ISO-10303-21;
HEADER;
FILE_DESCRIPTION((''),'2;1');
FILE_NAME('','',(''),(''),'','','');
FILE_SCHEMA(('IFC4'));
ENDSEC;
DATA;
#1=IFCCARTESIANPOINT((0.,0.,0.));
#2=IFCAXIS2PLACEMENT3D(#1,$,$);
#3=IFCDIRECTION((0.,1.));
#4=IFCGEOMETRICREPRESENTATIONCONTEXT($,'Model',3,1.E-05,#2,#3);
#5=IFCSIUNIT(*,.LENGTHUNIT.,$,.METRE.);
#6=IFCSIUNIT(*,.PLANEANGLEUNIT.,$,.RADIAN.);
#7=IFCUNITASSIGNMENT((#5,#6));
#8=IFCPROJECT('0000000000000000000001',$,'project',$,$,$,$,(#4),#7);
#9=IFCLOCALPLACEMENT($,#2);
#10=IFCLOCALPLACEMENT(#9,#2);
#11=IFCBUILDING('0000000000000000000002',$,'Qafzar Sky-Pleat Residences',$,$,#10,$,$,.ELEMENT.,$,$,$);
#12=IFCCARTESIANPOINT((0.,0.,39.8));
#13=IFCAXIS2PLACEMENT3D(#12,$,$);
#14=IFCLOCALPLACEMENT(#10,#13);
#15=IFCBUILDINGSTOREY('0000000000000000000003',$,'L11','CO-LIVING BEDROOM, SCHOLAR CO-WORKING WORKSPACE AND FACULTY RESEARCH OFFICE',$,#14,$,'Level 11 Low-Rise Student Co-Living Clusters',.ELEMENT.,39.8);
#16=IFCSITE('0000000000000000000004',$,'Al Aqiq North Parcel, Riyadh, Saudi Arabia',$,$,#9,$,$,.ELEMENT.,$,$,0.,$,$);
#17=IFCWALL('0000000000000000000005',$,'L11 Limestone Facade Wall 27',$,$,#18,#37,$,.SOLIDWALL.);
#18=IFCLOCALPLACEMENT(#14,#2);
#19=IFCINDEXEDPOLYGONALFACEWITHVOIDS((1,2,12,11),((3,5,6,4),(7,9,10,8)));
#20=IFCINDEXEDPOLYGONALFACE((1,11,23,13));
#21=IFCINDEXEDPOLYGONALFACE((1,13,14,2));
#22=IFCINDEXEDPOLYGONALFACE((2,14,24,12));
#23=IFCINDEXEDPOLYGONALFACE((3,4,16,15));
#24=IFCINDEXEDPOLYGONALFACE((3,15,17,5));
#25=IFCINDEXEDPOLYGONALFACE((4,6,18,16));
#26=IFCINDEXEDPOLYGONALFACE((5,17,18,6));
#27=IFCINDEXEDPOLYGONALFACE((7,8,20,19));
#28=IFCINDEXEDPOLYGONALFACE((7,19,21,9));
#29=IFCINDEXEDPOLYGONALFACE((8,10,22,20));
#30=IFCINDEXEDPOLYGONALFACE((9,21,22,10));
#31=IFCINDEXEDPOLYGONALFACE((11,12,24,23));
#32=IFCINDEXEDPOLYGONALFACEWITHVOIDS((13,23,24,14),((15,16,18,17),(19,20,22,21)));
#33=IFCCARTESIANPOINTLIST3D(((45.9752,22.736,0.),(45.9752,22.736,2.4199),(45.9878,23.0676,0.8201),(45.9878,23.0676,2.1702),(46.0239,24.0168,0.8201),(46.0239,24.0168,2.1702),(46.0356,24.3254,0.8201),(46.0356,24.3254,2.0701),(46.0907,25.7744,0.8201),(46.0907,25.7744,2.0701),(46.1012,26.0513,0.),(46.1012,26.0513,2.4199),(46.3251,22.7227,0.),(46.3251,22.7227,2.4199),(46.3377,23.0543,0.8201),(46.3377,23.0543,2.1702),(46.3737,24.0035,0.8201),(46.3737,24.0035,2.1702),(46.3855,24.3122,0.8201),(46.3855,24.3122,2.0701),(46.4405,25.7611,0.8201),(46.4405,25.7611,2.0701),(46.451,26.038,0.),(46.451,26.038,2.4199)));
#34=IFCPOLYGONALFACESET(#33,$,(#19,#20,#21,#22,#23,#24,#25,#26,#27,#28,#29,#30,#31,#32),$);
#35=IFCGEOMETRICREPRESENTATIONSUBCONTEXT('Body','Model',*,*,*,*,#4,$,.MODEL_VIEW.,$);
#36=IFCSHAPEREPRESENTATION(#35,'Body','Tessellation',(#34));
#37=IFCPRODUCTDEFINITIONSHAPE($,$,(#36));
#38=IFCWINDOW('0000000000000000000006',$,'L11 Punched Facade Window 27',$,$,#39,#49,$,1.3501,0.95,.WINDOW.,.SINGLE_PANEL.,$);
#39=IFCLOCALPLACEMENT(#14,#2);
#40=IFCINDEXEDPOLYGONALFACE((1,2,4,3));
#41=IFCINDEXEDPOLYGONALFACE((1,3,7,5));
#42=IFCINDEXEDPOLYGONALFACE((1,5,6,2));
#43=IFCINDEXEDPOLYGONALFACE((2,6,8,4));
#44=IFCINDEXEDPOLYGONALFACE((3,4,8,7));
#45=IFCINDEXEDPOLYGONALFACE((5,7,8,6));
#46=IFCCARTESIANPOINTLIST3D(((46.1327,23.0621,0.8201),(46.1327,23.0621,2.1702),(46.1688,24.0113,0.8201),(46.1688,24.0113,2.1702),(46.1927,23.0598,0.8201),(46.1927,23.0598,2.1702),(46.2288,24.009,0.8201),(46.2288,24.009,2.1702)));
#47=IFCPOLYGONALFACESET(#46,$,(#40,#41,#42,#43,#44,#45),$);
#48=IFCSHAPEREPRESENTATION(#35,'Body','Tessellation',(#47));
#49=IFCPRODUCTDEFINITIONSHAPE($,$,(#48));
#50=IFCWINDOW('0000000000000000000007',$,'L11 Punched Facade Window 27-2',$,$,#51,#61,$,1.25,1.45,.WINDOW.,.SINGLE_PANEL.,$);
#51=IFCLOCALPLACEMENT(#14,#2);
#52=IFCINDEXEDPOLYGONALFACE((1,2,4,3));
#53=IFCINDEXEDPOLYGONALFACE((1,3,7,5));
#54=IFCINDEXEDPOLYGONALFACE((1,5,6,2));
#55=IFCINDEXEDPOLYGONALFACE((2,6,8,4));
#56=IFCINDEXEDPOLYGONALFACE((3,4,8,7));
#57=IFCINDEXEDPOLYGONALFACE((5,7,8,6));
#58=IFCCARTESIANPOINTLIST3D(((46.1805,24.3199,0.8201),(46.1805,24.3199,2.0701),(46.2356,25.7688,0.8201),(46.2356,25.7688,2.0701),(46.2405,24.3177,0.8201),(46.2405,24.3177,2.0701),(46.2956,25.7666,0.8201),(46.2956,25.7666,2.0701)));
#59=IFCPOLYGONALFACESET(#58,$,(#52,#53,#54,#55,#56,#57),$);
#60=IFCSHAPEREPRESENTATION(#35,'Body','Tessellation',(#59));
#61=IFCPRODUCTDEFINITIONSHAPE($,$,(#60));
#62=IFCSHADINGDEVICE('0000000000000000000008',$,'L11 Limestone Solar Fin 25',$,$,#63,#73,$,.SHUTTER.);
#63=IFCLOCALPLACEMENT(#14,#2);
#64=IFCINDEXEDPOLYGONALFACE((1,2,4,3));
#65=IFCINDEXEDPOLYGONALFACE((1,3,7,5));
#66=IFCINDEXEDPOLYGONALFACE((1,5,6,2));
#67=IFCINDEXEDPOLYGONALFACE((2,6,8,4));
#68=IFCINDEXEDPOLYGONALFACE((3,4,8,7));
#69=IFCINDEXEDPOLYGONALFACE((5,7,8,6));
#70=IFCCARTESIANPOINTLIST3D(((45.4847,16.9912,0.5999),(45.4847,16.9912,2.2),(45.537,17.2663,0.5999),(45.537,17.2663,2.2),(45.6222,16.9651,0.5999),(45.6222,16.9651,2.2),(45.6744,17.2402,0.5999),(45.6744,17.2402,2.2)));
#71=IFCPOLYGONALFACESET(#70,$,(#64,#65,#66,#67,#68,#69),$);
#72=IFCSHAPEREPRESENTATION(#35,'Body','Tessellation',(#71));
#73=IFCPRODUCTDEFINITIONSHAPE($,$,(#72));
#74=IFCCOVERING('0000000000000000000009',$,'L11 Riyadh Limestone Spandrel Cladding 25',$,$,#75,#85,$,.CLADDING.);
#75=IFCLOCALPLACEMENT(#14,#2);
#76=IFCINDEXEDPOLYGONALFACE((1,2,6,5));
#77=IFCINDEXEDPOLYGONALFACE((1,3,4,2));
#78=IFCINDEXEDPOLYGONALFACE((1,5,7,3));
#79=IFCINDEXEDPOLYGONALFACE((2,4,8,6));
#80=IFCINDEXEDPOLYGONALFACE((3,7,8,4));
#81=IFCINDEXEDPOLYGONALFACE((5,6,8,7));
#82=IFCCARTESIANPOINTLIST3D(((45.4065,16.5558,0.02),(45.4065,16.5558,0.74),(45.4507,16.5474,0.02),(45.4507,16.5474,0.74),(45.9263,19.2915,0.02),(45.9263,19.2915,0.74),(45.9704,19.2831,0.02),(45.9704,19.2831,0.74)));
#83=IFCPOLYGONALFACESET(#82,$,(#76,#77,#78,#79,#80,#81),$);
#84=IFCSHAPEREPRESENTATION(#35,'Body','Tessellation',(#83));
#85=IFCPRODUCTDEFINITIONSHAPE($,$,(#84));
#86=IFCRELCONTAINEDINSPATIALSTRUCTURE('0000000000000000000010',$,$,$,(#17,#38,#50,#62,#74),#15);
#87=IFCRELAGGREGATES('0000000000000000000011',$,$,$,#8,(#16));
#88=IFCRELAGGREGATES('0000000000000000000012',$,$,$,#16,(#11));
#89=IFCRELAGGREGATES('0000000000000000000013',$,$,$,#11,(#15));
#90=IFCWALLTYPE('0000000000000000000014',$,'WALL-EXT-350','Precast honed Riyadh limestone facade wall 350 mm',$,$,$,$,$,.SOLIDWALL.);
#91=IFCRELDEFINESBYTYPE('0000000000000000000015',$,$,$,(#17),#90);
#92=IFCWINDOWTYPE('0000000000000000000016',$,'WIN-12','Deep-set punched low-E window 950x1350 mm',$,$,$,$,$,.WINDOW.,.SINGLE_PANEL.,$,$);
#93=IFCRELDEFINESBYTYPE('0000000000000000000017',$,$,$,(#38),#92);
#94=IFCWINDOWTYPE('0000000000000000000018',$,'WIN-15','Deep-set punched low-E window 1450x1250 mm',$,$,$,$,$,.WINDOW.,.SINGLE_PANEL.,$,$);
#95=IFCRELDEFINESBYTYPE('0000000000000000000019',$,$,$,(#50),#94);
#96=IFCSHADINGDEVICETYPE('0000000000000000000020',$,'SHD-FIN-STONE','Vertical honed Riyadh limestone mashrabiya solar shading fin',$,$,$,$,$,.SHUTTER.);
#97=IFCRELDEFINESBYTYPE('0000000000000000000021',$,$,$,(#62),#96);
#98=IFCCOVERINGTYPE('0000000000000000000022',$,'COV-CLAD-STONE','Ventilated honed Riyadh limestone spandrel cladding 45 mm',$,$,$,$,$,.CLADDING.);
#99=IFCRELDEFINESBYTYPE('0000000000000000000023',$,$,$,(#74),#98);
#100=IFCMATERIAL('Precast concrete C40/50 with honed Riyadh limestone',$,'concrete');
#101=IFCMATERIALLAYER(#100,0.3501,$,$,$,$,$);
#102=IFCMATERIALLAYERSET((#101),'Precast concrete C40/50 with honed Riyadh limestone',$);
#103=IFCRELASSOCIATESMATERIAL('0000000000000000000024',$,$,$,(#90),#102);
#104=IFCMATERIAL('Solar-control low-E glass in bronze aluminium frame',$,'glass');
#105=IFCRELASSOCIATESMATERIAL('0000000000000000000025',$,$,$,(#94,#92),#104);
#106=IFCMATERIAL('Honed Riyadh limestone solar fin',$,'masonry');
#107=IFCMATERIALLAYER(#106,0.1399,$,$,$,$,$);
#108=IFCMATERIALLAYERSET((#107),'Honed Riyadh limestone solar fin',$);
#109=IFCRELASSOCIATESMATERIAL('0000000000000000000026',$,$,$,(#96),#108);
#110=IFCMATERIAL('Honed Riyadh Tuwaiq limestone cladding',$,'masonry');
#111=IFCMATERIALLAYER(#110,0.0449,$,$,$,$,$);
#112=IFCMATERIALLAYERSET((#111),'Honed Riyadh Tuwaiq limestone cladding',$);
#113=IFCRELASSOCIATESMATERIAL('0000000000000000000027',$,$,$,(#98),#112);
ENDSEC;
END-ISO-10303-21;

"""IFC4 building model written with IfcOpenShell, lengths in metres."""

from ifc_helpers import new_model, si_unit, direction, frame, frame_2d, origin, origin_2d, place, context, subcontext, project, spatial, rectangle, extrude, source, transform, mapped, material, layer, layer_set, type_object, element, fill, save


model = new_model("IFC4")

# Units and contexts
model_context = context("Model", 3, precision=1e-05, world=origin(), true_north=direction((0.0, 1.0)))
body_context = subcontext(model_context, "Body", "Model", "MODEL_VIEW")
ifc_project = project(units=[si_unit("LENGTHUNIT", "METRE"), si_unit("PLANEANGLEUNIT", "RADIAN")], contexts=[model_context])

# Site, building, storey
site_placement = place(None, origin())
site = spatial("IfcSite", under=ifc_project, at=site_placement, Name="Al Aqiq North Parcel, Riyadh, Saudi Arabia", CompositionType="ELEMENT", RefElevation=0.0)
building_placement = place(site_placement, origin())
building = spatial("IfcBuilding", under=site, at=building_placement, Name="Qafzar Sky-Pleat Residences", CompositionType="ELEMENT")
storey_placement = place(building_placement, frame((0.0, 0.0, 39.8)))
storey = spatial("IfcBuildingStorey", under=building, at=storey_placement, Name="L11", Description="CO-LIVING BEDROOM, SCHOLAR CO-WORKING WORKSPACE AND FACULTY RESEARCH OFFICE", LongName="Level 11 Low-Rise Student Co-Living Clusters", CompositionType="ELEMENT", Elevation=39.8)

# Shared definitions
ifc_material_1 = material(Name="Precast concrete C40/50 with honed Riyadh limestone", Category="concrete")
ifc_layer_1 = layer(ifc_material_1, 0.3501)
ifc_layer_set_1 = layer_set([ifc_layer_1], Name="Precast concrete C40/50 with honed Riyadh limestone")
wall_type_1 = type_object("IfcWallType", Name="WALL-EXT-350", Description="Precast honed Riyadh limestone facade wall 350 mm", PredefinedType="SOLIDWALL", material=ifc_layer_set_1)

# Shared definitions
ifc_material_2 = material(Name="Solar-control low-E glass in bronze aluminium frame", Category="glass")
window_type_1 = type_object("IfcWindowType", Name="WIN-15", Description="Deep-set punched low-E window 1450x1250 mm", PartitioningType="SINGLE_PANEL", PredefinedType="WINDOW", material=ifc_material_2)
shared_shape_1 = source(origin(), body_context, "Body", "SweptSolid", [
    extrude(rectangle(XDim=1.45, YDim=1.25, at=frame_2d((0.7251, 0.625))), frame((0.0, 0.03, 0.0), z_axis=(0.0, -1.0, 0.0), x_axis=(1.0, 0.0, 0.0)), (0.0, 0.0, 1.0), 0.0601),
])

# Wall, openings, windows
wall_1_placement = place(storey_placement, frame((46.1501, 22.7295, 0.0), z_axis=(0.0, 0.0, 1.0), x_axis=(0.037972, 0.999279, 0.0)))
wall_1 = element("IfcWall", 1, at=wall_1_placement, inside=storey, type_object=wall_type_1, Name="L11 Limestone Facade Wall 27", PredefinedType="SOLIDWALL", context=body_context, shape_type="SweptSolid", body=[
    extrude(rectangle(XDim=3.3176, YDim=0.3501, at=frame_2d((1.6587, 0.0))), origin(), (0.0, 0.0, 1.0), 2.4199),
])
opening_1_placement = place(wall_1_placement, frame((0.3315, 0.0, 0.8201)))
opening_1 = element("IfcOpeningElement", 2, at=opening_1_placement, cuts=wall_1, PredefinedType="OPENING", context=body_context, shape_type="SweptSolid", body=[
    extrude(rectangle(XDim=0.95, YDim=1.3501, at=frame_2d((0.4751, 0.675))), frame((0.0, 0.1851, 0.0), z_axis=(0.0, -1.0, 0.0), x_axis=(1.0, 0.0, 0.0)), (0.0, 0.0, 1.0), 0.3701),
])
opening_2_placement = place(wall_1_placement, frame((1.5903, 0.0, 0.8201)))
opening_2 = element("IfcOpeningElement", 3, at=opening_2_placement, cuts=wall_1, PredefinedType="OPENING", context=body_context, shape_type="SweptSolid", body=[
    extrude(rectangle(XDim=1.45, YDim=1.25, at=frame_2d((0.7251, 0.625))), frame((0.0, 0.1851, 0.0), z_axis=(0.0, -1.0, 0.0), x_axis=(1.0, 0.0, 0.0)), (0.0, 0.0, 1.0), 0.3701),
])
window_type_2 = type_object("IfcWindowType", Name="WIN-12", Description="Deep-set punched low-E window 950x1350 mm", PartitioningType="SINGLE_PANEL", PredefinedType="WINDOW", material=ifc_material_2)
shared_shape_2 = source(origin(), body_context, "Body", "SweptSolid", [
    extrude(rectangle(XDim=0.95, YDim=1.3501, at=frame_2d((0.4751, 0.675))), frame((0.0, 0.03, 0.0), z_axis=(0.0, -1.0, 0.0), x_axis=(1.0, 0.0, 0.0)), (0.0, 0.0, 1.0), 0.0601),
])
window_1_placement = place(opening_1_placement, origin())
window_1 = element("IfcWindow", 4, at=window_1_placement, inside=storey, type_object=window_type_2, Name="L11 Punched Facade Window 27", OverallHeight=1.3501, OverallWidth=0.95, PartitioningType="SINGLE_PANEL", PredefinedType="WINDOW", context=body_context, shape_type="MappedRepresentation", body=[
    mapped(shared_shape_2, transform((0.0, 0.0, 0.0), x_axis=(1.0, 0.0, 0.0), y_axis=(0.0, 1.0, 0.0), z_axis=(0.0, 0.0, 1.0), scale=1.0)),
])
fill(opening_1, window_1)
window_2_placement = place(opening_2_placement, origin())
window_2 = element("IfcWindow", 5, at=window_2_placement, inside=storey, type_object=window_type_1, Name="L11 Punched Facade Window 27-2", OverallHeight=1.25, OverallWidth=1.45, PartitioningType="SINGLE_PANEL", PredefinedType="WINDOW", context=body_context, shape_type="MappedRepresentation", body=[
    mapped(shared_shape_1, transform((0.0, 0.0, 0.0), x_axis=(1.0, 0.0, 0.0), y_axis=(0.0, 1.0, 0.0), z_axis=(0.0, 0.0, 1.0), scale=1.0)),
])
fill(opening_2, window_2)

# Shading device
ifc_material_3 = material(Name="Honed Riyadh limestone solar fin", Category="masonry")
ifc_layer_2 = layer(ifc_material_3, 0.1399)
ifc_layer_set_2 = layer_set([ifc_layer_2], Name="Honed Riyadh limestone solar fin")
shading_device_type = type_object("IfcShadingDeviceType", Name="SHD-FIN-STONE", Description="Vertical honed Riyadh limestone mashrabiya solar shading fin", PredefinedType="SHUTTER", material=ifc_layer_set_2)
shared_shape_3 = source(origin(), body_context, "Body", "SweptSolid", [
    extrude(rectangle(XDim=0.1399, YDim=0.28, at=origin_2d()), origin(), (0.0, 0.0, 1.0), 1.6001),
])
shading_device_placement = place(storey_placement, frame((45.5796, 17.1157, 0.5999), z_axis=(0.0, 0.0, 1.0), x_axis=(0.982426, -0.186652, 0.0)))
element("IfcShadingDevice", 6, at=shading_device_placement, inside=storey, type_object=shading_device_type, Name="L11 Limestone Solar Fin 25", PredefinedType="SHUTTER", context=body_context, shape_type="MappedRepresentation", body=[
    mapped(shared_shape_3, transform((0.0, 0.0, 0.0), x_axis=(1.0, 0.0, 0.0), y_axis=(0.0, 1.0, 0.0), z_axis=(0.0, 0.0, 1.0), scale=1.0)),
])

# Covering
ifc_material_4 = material(Name="Honed Riyadh Tuwaiq limestone cladding", Category="masonry")
ifc_layer_3 = layer(ifc_material_4, 0.0449)
ifc_layer_set_3 = layer_set([ifc_layer_3], Name="Honed Riyadh Tuwaiq limestone cladding")
covering_type = type_object("IfcCoveringType", Name="COV-CLAD-STONE", Description="Ventilated honed Riyadh limestone spandrel cladding 45 mm", PredefinedType="CLADDING", material=ifc_layer_set_3)
shared_shape_4 = source(origin(), body_context, "Body", "SweptSolid", [
    extrude(rectangle(XDim=2.7847, YDim=0.0449, at=origin_2d()), origin(), (0.0, 0.0, 1.0), 0.72),
])
covering_placement = place(storey_placement, frame((45.6885, 17.9194, 0.02), z_axis=(0.0, 0.0, 1.0), x_axis=(0.186653, 0.982426, 0.0)))
element("IfcCovering", 7, at=covering_placement, inside=storey, type_object=covering_type, Name="L11 Riyadh Limestone Spandrel Cladding 25", PredefinedType="CLADDING", context=body_context, shape_type="MappedRepresentation", body=[
    mapped(shared_shape_4, transform((0.0, 0.0, 0.0), x_axis=(1.0, 0.0, 0.0), y_axis=(0.0, 1.0, 0.0), z_axis=(0.0, 0.0, 1.0), scale=1.0)),
])

save(model, "model.ifc")
